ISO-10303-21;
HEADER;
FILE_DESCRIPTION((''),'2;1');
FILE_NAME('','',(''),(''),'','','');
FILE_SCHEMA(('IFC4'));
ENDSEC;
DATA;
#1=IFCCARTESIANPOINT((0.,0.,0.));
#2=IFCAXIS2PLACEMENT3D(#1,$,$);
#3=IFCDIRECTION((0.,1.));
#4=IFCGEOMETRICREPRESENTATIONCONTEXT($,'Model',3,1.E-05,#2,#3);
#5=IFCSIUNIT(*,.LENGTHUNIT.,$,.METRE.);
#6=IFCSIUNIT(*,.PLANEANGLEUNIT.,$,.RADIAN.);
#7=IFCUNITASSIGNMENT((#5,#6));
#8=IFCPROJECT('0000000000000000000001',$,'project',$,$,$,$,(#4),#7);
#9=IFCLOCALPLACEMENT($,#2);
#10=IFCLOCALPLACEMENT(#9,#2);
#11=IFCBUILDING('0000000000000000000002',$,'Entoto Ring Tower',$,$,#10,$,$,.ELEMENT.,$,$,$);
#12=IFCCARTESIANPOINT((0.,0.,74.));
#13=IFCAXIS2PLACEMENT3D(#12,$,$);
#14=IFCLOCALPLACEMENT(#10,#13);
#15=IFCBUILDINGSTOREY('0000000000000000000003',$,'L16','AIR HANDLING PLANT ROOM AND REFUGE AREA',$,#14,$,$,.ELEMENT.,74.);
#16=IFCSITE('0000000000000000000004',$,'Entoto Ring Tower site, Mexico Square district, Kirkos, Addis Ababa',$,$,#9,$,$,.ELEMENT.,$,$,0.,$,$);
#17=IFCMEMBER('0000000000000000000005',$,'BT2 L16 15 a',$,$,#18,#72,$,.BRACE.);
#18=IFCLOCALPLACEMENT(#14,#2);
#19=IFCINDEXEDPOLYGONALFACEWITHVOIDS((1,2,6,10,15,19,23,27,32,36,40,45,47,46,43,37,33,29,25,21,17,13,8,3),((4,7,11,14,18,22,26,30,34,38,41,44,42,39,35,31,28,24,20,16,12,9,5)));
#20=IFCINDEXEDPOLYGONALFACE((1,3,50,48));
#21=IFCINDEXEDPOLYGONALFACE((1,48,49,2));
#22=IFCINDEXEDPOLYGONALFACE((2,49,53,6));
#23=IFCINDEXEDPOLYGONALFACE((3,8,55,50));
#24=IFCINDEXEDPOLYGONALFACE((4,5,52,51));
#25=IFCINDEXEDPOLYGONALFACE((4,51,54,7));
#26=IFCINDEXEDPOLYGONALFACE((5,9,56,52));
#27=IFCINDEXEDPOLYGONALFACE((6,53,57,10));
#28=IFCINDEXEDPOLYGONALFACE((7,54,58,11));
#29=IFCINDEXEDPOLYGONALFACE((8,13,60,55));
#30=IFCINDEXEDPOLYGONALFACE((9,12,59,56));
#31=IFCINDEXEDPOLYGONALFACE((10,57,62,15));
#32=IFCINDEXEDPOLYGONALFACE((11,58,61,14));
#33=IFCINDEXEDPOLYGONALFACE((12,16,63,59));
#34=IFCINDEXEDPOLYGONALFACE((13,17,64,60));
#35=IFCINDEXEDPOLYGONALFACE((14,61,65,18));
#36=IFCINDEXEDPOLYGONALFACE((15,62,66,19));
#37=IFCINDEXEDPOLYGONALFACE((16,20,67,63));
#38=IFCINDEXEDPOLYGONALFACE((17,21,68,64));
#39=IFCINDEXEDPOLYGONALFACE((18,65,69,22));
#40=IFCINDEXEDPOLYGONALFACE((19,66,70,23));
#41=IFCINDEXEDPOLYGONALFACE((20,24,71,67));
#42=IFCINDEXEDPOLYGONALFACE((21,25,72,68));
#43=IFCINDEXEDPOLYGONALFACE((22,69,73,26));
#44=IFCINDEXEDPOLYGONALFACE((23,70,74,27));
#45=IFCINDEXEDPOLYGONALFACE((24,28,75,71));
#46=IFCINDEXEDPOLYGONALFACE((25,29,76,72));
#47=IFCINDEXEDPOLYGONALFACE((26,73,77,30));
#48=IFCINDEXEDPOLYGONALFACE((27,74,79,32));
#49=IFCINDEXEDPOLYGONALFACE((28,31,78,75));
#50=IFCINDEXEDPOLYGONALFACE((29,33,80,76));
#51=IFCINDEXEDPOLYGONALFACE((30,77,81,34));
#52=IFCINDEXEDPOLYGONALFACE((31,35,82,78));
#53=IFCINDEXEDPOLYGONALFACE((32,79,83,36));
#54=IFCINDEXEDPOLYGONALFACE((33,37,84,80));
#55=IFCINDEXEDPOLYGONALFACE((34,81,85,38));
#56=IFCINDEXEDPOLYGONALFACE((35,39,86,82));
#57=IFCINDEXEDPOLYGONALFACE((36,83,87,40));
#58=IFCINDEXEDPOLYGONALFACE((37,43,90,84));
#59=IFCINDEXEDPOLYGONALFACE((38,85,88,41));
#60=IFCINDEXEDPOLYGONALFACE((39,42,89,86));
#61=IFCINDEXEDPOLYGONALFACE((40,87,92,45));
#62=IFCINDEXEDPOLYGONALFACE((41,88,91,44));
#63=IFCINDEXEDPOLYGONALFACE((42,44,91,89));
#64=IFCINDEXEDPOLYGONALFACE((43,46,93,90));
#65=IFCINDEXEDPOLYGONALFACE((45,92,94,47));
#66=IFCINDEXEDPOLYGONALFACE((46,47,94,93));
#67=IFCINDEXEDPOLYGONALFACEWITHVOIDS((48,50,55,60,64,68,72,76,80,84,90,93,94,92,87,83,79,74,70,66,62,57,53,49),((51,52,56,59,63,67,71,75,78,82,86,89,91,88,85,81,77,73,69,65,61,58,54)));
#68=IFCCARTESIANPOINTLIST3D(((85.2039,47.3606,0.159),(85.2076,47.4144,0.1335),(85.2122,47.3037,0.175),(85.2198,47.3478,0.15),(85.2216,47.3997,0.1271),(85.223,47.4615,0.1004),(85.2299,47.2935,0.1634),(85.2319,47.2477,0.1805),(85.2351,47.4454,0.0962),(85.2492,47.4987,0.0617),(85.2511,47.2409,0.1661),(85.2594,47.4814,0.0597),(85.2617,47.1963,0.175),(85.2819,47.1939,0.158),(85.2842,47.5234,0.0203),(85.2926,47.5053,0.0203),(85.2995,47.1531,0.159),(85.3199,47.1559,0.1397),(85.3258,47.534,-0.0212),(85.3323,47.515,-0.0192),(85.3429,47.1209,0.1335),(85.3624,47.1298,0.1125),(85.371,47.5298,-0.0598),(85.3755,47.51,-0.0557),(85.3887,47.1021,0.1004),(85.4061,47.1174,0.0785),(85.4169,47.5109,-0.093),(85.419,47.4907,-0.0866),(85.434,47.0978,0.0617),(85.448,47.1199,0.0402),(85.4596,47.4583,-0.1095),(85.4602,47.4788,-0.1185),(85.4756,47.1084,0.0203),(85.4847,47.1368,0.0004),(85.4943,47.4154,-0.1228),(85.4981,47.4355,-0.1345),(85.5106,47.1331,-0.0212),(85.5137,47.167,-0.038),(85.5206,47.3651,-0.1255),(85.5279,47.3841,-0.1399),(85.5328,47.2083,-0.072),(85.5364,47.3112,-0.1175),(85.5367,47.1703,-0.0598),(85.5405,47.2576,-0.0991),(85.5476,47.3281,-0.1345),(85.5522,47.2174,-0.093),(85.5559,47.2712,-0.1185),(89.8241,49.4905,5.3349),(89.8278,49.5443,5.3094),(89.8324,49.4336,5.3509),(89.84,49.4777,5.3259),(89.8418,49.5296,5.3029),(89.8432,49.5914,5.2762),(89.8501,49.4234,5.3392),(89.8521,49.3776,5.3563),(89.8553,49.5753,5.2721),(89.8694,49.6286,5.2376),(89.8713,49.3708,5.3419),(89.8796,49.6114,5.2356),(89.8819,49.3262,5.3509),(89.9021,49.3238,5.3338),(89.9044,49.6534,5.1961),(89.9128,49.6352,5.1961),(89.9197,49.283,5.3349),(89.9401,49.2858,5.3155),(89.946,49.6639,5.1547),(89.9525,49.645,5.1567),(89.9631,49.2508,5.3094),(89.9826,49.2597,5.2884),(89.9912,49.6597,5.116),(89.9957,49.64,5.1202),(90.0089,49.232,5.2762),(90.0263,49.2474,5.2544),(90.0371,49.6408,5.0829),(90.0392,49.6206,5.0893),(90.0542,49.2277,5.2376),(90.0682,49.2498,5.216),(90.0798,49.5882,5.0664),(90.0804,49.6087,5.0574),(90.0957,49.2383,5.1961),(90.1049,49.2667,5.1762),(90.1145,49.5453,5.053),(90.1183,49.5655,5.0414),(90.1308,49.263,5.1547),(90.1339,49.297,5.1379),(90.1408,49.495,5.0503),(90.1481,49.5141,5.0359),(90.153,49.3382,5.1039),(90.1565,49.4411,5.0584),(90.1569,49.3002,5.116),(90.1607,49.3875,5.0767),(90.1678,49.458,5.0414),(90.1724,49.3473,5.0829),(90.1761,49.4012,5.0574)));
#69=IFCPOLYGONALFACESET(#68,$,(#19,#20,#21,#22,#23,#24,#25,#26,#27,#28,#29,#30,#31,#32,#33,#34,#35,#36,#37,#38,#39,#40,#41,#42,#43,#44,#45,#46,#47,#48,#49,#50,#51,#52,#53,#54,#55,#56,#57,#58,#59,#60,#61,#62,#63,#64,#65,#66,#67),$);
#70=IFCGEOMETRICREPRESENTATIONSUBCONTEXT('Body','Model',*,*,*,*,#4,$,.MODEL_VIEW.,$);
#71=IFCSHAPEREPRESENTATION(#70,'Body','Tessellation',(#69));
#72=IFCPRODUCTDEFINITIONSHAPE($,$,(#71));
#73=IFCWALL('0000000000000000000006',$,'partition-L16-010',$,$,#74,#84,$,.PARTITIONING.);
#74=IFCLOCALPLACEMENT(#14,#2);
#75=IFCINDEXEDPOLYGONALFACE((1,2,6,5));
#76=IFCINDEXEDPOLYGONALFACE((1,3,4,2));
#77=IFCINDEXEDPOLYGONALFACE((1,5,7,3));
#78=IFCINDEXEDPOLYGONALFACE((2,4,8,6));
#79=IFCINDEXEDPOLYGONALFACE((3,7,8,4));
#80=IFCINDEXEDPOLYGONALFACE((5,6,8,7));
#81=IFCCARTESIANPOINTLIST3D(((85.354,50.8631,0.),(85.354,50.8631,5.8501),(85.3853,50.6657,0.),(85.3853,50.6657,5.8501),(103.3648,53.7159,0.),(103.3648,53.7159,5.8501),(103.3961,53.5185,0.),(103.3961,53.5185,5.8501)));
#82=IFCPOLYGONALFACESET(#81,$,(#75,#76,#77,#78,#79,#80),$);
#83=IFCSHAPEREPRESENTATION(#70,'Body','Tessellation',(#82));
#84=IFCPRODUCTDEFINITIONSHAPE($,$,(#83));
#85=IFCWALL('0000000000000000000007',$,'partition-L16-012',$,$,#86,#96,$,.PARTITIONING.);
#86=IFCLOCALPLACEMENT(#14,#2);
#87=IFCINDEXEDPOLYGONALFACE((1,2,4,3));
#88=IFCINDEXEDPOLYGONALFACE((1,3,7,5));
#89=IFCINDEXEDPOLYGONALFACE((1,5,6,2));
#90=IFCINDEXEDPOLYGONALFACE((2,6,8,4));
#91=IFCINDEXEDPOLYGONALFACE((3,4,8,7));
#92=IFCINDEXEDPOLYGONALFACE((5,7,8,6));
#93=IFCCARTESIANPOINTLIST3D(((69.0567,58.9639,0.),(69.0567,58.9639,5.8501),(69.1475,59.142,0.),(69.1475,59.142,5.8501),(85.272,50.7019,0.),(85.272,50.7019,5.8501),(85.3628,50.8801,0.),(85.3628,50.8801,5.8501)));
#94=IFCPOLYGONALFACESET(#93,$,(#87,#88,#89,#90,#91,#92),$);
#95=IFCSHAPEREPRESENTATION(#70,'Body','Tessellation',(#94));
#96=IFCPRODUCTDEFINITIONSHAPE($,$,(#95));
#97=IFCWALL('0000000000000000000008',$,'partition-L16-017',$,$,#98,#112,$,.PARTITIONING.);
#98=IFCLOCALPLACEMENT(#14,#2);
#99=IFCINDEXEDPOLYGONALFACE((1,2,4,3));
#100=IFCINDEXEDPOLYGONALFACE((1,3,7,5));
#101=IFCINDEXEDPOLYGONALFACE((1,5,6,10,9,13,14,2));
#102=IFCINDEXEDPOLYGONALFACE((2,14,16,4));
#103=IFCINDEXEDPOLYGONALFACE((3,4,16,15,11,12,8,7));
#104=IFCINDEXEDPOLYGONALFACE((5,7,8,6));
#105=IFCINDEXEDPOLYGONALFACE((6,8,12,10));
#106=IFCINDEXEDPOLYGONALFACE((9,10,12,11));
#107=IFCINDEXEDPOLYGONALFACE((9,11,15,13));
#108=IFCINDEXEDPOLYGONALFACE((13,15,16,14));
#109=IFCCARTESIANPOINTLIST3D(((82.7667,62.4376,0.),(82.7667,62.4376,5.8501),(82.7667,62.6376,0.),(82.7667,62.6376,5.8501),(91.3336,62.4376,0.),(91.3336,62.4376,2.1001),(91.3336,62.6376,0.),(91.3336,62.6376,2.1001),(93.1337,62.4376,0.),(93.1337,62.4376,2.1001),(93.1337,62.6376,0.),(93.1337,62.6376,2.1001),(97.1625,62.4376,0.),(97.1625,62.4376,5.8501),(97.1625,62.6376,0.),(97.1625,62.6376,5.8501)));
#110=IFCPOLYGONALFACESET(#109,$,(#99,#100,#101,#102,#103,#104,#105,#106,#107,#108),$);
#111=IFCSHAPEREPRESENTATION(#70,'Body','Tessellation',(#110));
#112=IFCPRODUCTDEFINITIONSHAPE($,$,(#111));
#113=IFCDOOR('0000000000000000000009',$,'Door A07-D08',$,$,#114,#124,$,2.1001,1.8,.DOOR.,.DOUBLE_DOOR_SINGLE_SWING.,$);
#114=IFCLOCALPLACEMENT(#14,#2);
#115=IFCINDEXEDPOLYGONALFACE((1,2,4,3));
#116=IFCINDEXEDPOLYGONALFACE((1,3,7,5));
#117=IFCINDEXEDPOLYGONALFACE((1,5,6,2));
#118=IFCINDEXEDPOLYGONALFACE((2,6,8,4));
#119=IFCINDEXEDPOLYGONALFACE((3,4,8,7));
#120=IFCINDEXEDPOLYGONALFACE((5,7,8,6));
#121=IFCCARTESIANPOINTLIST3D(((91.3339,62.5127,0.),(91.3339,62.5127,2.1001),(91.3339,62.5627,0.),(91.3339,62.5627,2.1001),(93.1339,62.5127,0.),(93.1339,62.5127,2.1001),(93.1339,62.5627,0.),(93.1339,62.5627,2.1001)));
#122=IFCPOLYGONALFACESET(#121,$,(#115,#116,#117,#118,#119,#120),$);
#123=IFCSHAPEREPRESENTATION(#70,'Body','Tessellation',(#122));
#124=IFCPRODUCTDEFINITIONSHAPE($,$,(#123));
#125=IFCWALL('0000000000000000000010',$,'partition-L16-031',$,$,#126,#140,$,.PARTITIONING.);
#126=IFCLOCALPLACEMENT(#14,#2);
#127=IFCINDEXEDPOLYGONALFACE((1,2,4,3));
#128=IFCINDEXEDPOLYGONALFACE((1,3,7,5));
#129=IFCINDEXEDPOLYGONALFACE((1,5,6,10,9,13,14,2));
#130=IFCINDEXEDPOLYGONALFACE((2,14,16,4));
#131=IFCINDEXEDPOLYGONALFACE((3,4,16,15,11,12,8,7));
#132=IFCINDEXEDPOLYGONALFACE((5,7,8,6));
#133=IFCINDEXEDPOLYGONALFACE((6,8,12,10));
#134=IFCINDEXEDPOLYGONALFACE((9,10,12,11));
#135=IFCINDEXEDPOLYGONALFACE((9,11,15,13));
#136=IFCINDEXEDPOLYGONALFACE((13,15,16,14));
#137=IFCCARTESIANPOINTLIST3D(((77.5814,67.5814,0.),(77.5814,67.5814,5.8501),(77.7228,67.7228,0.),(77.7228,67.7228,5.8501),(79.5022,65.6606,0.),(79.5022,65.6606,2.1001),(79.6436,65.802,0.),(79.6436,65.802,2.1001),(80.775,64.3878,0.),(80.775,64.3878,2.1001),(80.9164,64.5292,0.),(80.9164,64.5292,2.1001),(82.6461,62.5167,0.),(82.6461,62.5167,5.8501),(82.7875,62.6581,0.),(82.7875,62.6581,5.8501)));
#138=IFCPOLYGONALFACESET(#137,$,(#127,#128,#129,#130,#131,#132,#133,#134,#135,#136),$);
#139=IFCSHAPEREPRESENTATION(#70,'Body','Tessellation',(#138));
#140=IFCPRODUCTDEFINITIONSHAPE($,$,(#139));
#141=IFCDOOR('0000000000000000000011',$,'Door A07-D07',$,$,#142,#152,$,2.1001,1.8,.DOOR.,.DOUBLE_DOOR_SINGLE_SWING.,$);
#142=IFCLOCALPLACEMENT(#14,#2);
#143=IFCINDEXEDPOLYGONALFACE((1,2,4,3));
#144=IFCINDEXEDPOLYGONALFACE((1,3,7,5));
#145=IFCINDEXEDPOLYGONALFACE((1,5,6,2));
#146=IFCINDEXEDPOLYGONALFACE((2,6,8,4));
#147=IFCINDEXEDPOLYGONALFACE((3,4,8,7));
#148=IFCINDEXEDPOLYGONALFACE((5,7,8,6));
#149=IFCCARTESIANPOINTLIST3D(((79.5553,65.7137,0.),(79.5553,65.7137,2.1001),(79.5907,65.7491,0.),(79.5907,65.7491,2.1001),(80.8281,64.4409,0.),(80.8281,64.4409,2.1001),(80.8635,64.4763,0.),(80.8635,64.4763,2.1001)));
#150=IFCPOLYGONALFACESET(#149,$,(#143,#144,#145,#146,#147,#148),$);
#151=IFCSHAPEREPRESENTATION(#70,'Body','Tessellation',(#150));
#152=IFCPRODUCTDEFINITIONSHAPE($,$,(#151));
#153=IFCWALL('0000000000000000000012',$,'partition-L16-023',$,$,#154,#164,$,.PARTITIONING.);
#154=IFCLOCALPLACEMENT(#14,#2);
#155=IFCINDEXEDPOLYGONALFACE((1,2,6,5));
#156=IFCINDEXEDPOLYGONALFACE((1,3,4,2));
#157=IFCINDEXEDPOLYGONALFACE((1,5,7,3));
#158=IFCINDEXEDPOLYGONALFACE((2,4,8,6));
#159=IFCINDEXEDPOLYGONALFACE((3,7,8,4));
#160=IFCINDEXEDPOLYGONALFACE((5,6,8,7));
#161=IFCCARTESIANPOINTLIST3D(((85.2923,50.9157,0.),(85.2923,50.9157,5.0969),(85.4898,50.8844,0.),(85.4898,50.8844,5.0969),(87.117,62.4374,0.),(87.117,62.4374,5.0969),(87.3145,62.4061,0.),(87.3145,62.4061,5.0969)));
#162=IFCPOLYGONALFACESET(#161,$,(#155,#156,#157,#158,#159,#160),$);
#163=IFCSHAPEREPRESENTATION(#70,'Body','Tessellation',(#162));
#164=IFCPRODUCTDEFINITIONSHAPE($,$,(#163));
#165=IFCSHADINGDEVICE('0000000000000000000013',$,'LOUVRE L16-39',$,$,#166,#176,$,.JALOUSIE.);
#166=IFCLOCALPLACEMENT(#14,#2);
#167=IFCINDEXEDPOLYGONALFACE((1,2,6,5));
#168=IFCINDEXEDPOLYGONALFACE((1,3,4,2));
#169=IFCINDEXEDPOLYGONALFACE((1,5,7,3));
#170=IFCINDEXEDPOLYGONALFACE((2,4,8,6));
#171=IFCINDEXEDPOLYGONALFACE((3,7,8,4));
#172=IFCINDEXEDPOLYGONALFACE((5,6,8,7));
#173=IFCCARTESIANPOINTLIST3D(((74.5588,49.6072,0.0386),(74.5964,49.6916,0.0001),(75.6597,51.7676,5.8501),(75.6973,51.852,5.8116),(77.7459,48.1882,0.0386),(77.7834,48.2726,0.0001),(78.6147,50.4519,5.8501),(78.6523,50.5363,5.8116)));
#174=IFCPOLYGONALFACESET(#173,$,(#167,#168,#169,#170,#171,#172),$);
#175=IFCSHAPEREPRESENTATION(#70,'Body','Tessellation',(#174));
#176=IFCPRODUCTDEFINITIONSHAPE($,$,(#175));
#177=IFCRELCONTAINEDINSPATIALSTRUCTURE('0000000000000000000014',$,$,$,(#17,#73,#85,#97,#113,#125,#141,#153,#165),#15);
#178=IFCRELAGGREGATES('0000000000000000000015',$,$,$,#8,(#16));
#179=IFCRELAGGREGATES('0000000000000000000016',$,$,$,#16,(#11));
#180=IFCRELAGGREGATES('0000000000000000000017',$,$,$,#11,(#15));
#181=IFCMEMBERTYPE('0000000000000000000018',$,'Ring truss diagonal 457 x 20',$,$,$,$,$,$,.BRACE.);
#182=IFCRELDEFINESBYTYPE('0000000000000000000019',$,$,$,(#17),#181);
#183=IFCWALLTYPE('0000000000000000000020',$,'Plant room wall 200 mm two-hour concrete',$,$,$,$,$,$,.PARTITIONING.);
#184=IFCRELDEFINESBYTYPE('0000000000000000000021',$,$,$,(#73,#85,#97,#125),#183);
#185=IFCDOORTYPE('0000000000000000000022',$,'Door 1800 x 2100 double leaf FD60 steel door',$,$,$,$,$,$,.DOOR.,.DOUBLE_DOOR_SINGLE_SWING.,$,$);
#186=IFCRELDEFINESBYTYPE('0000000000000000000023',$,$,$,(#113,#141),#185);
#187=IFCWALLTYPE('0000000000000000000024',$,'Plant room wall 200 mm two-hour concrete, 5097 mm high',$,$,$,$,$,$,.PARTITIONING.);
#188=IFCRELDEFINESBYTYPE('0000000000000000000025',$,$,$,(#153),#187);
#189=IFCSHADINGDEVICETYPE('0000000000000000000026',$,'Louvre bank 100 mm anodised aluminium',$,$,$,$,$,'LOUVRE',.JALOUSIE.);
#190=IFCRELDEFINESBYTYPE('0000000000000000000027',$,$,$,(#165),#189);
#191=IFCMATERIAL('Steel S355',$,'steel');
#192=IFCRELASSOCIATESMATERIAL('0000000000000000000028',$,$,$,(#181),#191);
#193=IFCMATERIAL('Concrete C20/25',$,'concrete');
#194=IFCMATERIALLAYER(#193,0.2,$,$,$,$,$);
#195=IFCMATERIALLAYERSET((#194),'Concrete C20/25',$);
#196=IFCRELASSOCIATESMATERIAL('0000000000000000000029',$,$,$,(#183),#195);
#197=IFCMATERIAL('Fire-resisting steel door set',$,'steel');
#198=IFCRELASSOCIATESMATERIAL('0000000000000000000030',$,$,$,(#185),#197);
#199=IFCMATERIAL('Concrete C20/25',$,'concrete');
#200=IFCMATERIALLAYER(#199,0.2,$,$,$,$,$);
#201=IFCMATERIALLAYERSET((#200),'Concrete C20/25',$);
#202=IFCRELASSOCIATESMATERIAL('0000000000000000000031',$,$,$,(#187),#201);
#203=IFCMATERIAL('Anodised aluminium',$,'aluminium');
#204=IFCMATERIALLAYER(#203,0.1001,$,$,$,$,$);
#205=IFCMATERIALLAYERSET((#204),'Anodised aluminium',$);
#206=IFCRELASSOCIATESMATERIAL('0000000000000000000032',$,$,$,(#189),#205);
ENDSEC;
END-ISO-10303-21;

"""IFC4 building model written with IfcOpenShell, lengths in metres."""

from ifc_helpers import new_model, si_unit, direction, frame, frame_2d, origin, origin_2d, place, context, subcontext, project, spatial, polyline, rectangle, circle, hollow_circle, outline, extrude, material, layer, layer_set, material_profile, profile_set, type_object, element, fill, save


model = new_model("IFC4")

# Units and contexts
model_context = context("Model", 3, precision=1e-05, world=origin(), true_north=direction((0.0, 1.0)))
body_context = subcontext(model_context, "Body", "Model", "MODEL_VIEW")
ifc_project = project(units=[si_unit("LENGTHUNIT", "METRE"), si_unit("PLANEANGLEUNIT", "RADIAN")], contexts=[model_context])

# Site, building, storey
site_placement = place(None, origin())
site = spatial("IfcSite", under=ifc_project, at=site_placement, Name="Entoto Ring Tower site, Mexico Square district, Kirkos, Addis Ababa", CompositionType="ELEMENT", RefElevation=0.0)
building_placement = place(site_placement, origin())
building = spatial("IfcBuilding", under=site, at=building_placement, Name="Entoto Ring Tower", CompositionType="ELEMENT")
storey_placement = place(building_placement, frame((0.0, 0.0, 74.0)))
storey = spatial("IfcBuildingStorey", under=building, at=storey_placement, Name="L16", Description="AIR HANDLING PLANT ROOM AND REFUGE AREA", CompositionType="ELEMENT", Elevation=74.0)

# Member
ifc_material_1 = material(Name="Steel S355", Category="steel")
ifc_material_profile_1 = material_profile(ifc_material_1, hollow_circle(Radius=0.2285, WallThickness=0.02, at=origin_2d()), Name="CHS 457 x 20")
ifc_material_2 = material(Name="Concrete C60/75", Category="concrete")
ifc_material_profile_2 = material_profile(ifc_material_2, circle(Radius=0.2085, at=origin_2d()), Name="Concrete C60/75 infill")
ifc_profile_set_1 = profile_set([ifc_material_profile_1, ifc_material_profile_2], Name="Steel S355")
member_type_1 = type_object("IfcMemberType", Name="Ring truss diagonal 457 x 20", PredefinedType="BRACE", material=ifc_profile_set_1)
for number, where, z_axis, x_axis, name in (
    (1, (85.3799, 47.3159, 0.0203), (0.636603, 0.293475, 0.713168), (-0.418656, 0.908145, 0.0), "BT2 L16 15 a"),
):
    element("IfcMember", number, at=place(storey_placement, frame(where, z_axis=z_axis, x_axis=x_axis)), inside=storey, type_object=member_type_1, Name=name, PredefinedType="BRACE", context=body_context, shape_type="SweptSolid", body=[
        extrude(hollow_circle(Radius=0.2285, WallThickness=0.02, at=origin_2d()), origin(), (0.0, 0.0, 1.0), 7.2576),
    ])

# Walls
ifc_material_3 = material(Name="Concrete C20/25", Category="concrete")
ifc_layer_1 = layer(ifc_material_3, 0.2)
ifc_layer_set_1 = layer_set([ifc_layer_1], Name="Concrete C20/25")
wall_type_1 = type_object("IfcWallType", Name="Plant room wall 200 mm two-hour concrete", PredefinedType="PARTITIONING", material=ifc_layer_set_1)
wall_1_placement = place(storey_placement, frame((85.3696, 50.7644, 0.0), z_axis=(0.0, 0.0, 1.0), x_axis=(0.987687, 0.156443, 0.0)))
element("IfcWall", 2, at=wall_1_placement, inside=storey, type_object=wall_type_1, Name="partition-L16-010", PredefinedType="PARTITIONING", context=body_context, shape_type="SweptSolid", body=[
    extrude(rectangle(XDim=18.2354, YDim=0.2, at=frame_2d((9.1177, 0.0))), origin(), (0.0, 0.0, 1.0), 5.8501),
])
wall_2_placement = place(storey_placement, frame((85.3174, 50.791, 0.0), z_axis=(0.0, 0.0, 1.0), x_axis=(-0.89101, 0.453983, 0.0)))
element("IfcWall", 3, at=wall_2_placement, inside=storey, type_object=wall_type_1, Name="partition-L16-012", PredefinedType="PARTITIONING", context=body_context, shape_type="SweptSolid", body=[
    extrude(rectangle(XDim=18.1987, YDim=0.2, at=frame_2d((9.0994, 0.0))), origin(), (0.0, 0.0, 1.0), 5.8501),
])

# Walls, openings, doors
wall_3_placement = place(storey_placement, frame((82.7668, 62.5376, 0.0), z_axis=(0.0, 0.0, 1.0), x_axis=(1.0, 0.0, 0.0)))
wall_3 = element("IfcWall", 4, at=wall_3_placement, inside=storey, type_object=wall_type_1, Name="partition-L16-017", PredefinedType="PARTITIONING", context=body_context, shape_type="SweptSolid", body=[
    extrude(rectangle(XDim=14.3958, YDim=0.2, at=frame_2d((7.1978, 0.0))), origin(), (0.0, 0.0, 1.0), 5.8501),
])
opening_1_placement = place(wall_3_placement, frame((8.5669, 0.0, 0.0)))
opening_1 = element("IfcOpeningElement", 5, at=opening_1_placement, cuts=wall_3, PredefinedType="OPENING", context=body_context, shape_type="SweptSolid", body=[
    extrude(rectangle(XDim=1.8, YDim=2.1001, at=frame_2d((0.8999, 1.05))), frame((0.0, 0.1099, 0.0), z_axis=(0.0, -1.0, 0.0), x_axis=(1.0, 0.0, 0.0)), (0.0, 0.0, 1.0), 0.22),
])
ifc_material_4 = material(Name="Fire-resisting steel door set", Category="steel")
door_type = type_object("IfcDoorType", Name="Door 1800 x 2100 double leaf FD60 steel door", OperationType="DOUBLE_DOOR_SINGLE_SWING", PredefinedType="DOOR", material=ifc_material_4)
door_1_placement = place(opening_1_placement, frame((1.8, 0.0, 0.0), z_axis=(0.0, 0.0, 1.0), x_axis=(-1.0, 0.0, 0.0)))
door_1 = element("IfcDoor", 6, at=door_1_placement, inside=storey, type_object=door_type, Name="Door A07-D08", OperationType="DOUBLE_DOOR_SINGLE_SWING", OverallHeight=2.1001, OverallWidth=1.8, PredefinedType="DOOR", context=body_context, shape_type="SweptSolid", body=[
    extrude(rectangle(XDim=1.8, YDim=2.1001, at=frame_2d((0.8999, 1.05))), frame((0.0, 0.0249, 0.0), z_axis=(0.0, -1.0, 0.0), x_axis=(1.0, 0.0, 0.0)), (0.0, 0.0, 1.0), 0.05),
])
fill(opening_1, door_1)
wall_4_placement = place(storey_placement, frame((82.7168, 62.5874, 0.0), z_axis=(0.0, 0.0, 1.0), x_axis=(-0.707107, 0.707107, 0.0)))
wall_4 = element("IfcWall", 7, at=wall_4_placement, inside=storey, type_object=wall_type_1, Name="partition-L16-031", PredefinedType="PARTITIONING", context=body_context, shape_type="SweptSolid", body=[
    extrude(rectangle(XDim=7.1626, YDim=0.2, at=frame_2d((3.5813, 0.0))), origin(), (0.0, 0.0, 1.0), 5.8501),
])
opening_2_placement = place(wall_4_placement, frame((2.6462, 0.0, 0.0)))
opening_2 = element("IfcOpeningElement", 8, at=opening_2_placement, cuts=wall_4, PredefinedType="OPENING", context=body_context, shape_type="SweptSolid", body=[
    extrude(rectangle(XDim=1.8, YDim=2.1001, at=frame_2d((0.8999, 1.05))), frame((0.0, 0.1099, 0.0), z_axis=(0.0, -1.0, 0.0), x_axis=(1.0, 0.0, 0.0)), (0.0, 0.0, 1.0), 0.22),
])
door_2_placement = place(opening_2_placement, origin())
door_2 = element("IfcDoor", 9, at=door_2_placement, inside=storey, type_object=door_type, Name="Door A07-D07", OperationType="DOUBLE_DOOR_SINGLE_SWING", OverallHeight=2.1001, OverallWidth=1.8, PredefinedType="DOOR", context=body_context, shape_type="SweptSolid", body=[
    extrude(rectangle(XDim=1.8, YDim=2.1001, at=frame_2d((0.8999, 1.05))), frame((0.0, 0.0249, 0.0), z_axis=(0.0, -1.0, 0.0), x_axis=(1.0, 0.0, 0.0)), (0.0, 0.0, 1.0), 0.05),
])
fill(opening_2, door_2)

# Wall
ifc_material_5 = material(Name="Concrete C20/25", Category="concrete")
ifc_layer_2 = layer(ifc_material_5, 0.2)
ifc_layer_set_2 = layer_set([ifc_layer_2], Name="Concrete C20/25")
wall_type_2 = type_object("IfcWallType", Name="Plant room wall 200 mm two-hour concrete, 5097 mm high", PredefinedType="PARTITIONING", material=ifc_layer_set_2)
wall_5_placement = place(storey_placement, frame((85.3911, 50.9001, 0.0), z_axis=(0.0, 0.0, 1.0), x_axis=(0.156421, 0.98769, 0.0)))
element("IfcWall", 10, at=wall_5_placement, inside=storey, type_object=wall_type_2, Name="partition-L16-023", PredefinedType="PARTITIONING", context=body_context, shape_type="SweptSolid", body=[
    extrude(rectangle(XDim=11.6653, YDim=0.2, at=frame_2d((5.8325, 0.0))), origin(), (0.0, 0.0, 1.0), 5.0969),
])

# Shading device
ifc_material_6 = material(Name="Anodised aluminium", Category="aluminium")
ifc_layer_3 = layer(ifc_material_6, 0.1001)
ifc_layer_set_3 = layer_set([ifc_layer_3], Name="Anodised aluminium")
shading_device_type = type_object("IfcShadingDeviceType", Name="Louvre bank 100 mm anodised aluminium", ElementType="LOUVRE", PredefinedType="JALOUSIE", material=ifc_layer_set_3)
shading_device_1_placement = place(storey_placement, frame((74.5588, 49.6072, 0.0386), z_axis=(-0.37545, -0.843278, 0.384603), x_axis=(0.913546, -0.406735, 0.0)))
element("IfcShadingDevice", 11, at=shading_device_1_placement, inside=storey, type_object=shading_device_type, Name="LOUVRE L16-39", PredefinedType="JALOUSIE", context=body_context, shape_type="SweptSolid", body=[
    extrude(outline(polyline([(0.0, 0.0), (3.4886, 0.0), (3.3617, 6.2958), (0.1269, 6.2958), (0.0, 0.0)])), origin(), (0.0, 0.0, -1.0), 0.1001),
])

save(model, "model.ifc")
